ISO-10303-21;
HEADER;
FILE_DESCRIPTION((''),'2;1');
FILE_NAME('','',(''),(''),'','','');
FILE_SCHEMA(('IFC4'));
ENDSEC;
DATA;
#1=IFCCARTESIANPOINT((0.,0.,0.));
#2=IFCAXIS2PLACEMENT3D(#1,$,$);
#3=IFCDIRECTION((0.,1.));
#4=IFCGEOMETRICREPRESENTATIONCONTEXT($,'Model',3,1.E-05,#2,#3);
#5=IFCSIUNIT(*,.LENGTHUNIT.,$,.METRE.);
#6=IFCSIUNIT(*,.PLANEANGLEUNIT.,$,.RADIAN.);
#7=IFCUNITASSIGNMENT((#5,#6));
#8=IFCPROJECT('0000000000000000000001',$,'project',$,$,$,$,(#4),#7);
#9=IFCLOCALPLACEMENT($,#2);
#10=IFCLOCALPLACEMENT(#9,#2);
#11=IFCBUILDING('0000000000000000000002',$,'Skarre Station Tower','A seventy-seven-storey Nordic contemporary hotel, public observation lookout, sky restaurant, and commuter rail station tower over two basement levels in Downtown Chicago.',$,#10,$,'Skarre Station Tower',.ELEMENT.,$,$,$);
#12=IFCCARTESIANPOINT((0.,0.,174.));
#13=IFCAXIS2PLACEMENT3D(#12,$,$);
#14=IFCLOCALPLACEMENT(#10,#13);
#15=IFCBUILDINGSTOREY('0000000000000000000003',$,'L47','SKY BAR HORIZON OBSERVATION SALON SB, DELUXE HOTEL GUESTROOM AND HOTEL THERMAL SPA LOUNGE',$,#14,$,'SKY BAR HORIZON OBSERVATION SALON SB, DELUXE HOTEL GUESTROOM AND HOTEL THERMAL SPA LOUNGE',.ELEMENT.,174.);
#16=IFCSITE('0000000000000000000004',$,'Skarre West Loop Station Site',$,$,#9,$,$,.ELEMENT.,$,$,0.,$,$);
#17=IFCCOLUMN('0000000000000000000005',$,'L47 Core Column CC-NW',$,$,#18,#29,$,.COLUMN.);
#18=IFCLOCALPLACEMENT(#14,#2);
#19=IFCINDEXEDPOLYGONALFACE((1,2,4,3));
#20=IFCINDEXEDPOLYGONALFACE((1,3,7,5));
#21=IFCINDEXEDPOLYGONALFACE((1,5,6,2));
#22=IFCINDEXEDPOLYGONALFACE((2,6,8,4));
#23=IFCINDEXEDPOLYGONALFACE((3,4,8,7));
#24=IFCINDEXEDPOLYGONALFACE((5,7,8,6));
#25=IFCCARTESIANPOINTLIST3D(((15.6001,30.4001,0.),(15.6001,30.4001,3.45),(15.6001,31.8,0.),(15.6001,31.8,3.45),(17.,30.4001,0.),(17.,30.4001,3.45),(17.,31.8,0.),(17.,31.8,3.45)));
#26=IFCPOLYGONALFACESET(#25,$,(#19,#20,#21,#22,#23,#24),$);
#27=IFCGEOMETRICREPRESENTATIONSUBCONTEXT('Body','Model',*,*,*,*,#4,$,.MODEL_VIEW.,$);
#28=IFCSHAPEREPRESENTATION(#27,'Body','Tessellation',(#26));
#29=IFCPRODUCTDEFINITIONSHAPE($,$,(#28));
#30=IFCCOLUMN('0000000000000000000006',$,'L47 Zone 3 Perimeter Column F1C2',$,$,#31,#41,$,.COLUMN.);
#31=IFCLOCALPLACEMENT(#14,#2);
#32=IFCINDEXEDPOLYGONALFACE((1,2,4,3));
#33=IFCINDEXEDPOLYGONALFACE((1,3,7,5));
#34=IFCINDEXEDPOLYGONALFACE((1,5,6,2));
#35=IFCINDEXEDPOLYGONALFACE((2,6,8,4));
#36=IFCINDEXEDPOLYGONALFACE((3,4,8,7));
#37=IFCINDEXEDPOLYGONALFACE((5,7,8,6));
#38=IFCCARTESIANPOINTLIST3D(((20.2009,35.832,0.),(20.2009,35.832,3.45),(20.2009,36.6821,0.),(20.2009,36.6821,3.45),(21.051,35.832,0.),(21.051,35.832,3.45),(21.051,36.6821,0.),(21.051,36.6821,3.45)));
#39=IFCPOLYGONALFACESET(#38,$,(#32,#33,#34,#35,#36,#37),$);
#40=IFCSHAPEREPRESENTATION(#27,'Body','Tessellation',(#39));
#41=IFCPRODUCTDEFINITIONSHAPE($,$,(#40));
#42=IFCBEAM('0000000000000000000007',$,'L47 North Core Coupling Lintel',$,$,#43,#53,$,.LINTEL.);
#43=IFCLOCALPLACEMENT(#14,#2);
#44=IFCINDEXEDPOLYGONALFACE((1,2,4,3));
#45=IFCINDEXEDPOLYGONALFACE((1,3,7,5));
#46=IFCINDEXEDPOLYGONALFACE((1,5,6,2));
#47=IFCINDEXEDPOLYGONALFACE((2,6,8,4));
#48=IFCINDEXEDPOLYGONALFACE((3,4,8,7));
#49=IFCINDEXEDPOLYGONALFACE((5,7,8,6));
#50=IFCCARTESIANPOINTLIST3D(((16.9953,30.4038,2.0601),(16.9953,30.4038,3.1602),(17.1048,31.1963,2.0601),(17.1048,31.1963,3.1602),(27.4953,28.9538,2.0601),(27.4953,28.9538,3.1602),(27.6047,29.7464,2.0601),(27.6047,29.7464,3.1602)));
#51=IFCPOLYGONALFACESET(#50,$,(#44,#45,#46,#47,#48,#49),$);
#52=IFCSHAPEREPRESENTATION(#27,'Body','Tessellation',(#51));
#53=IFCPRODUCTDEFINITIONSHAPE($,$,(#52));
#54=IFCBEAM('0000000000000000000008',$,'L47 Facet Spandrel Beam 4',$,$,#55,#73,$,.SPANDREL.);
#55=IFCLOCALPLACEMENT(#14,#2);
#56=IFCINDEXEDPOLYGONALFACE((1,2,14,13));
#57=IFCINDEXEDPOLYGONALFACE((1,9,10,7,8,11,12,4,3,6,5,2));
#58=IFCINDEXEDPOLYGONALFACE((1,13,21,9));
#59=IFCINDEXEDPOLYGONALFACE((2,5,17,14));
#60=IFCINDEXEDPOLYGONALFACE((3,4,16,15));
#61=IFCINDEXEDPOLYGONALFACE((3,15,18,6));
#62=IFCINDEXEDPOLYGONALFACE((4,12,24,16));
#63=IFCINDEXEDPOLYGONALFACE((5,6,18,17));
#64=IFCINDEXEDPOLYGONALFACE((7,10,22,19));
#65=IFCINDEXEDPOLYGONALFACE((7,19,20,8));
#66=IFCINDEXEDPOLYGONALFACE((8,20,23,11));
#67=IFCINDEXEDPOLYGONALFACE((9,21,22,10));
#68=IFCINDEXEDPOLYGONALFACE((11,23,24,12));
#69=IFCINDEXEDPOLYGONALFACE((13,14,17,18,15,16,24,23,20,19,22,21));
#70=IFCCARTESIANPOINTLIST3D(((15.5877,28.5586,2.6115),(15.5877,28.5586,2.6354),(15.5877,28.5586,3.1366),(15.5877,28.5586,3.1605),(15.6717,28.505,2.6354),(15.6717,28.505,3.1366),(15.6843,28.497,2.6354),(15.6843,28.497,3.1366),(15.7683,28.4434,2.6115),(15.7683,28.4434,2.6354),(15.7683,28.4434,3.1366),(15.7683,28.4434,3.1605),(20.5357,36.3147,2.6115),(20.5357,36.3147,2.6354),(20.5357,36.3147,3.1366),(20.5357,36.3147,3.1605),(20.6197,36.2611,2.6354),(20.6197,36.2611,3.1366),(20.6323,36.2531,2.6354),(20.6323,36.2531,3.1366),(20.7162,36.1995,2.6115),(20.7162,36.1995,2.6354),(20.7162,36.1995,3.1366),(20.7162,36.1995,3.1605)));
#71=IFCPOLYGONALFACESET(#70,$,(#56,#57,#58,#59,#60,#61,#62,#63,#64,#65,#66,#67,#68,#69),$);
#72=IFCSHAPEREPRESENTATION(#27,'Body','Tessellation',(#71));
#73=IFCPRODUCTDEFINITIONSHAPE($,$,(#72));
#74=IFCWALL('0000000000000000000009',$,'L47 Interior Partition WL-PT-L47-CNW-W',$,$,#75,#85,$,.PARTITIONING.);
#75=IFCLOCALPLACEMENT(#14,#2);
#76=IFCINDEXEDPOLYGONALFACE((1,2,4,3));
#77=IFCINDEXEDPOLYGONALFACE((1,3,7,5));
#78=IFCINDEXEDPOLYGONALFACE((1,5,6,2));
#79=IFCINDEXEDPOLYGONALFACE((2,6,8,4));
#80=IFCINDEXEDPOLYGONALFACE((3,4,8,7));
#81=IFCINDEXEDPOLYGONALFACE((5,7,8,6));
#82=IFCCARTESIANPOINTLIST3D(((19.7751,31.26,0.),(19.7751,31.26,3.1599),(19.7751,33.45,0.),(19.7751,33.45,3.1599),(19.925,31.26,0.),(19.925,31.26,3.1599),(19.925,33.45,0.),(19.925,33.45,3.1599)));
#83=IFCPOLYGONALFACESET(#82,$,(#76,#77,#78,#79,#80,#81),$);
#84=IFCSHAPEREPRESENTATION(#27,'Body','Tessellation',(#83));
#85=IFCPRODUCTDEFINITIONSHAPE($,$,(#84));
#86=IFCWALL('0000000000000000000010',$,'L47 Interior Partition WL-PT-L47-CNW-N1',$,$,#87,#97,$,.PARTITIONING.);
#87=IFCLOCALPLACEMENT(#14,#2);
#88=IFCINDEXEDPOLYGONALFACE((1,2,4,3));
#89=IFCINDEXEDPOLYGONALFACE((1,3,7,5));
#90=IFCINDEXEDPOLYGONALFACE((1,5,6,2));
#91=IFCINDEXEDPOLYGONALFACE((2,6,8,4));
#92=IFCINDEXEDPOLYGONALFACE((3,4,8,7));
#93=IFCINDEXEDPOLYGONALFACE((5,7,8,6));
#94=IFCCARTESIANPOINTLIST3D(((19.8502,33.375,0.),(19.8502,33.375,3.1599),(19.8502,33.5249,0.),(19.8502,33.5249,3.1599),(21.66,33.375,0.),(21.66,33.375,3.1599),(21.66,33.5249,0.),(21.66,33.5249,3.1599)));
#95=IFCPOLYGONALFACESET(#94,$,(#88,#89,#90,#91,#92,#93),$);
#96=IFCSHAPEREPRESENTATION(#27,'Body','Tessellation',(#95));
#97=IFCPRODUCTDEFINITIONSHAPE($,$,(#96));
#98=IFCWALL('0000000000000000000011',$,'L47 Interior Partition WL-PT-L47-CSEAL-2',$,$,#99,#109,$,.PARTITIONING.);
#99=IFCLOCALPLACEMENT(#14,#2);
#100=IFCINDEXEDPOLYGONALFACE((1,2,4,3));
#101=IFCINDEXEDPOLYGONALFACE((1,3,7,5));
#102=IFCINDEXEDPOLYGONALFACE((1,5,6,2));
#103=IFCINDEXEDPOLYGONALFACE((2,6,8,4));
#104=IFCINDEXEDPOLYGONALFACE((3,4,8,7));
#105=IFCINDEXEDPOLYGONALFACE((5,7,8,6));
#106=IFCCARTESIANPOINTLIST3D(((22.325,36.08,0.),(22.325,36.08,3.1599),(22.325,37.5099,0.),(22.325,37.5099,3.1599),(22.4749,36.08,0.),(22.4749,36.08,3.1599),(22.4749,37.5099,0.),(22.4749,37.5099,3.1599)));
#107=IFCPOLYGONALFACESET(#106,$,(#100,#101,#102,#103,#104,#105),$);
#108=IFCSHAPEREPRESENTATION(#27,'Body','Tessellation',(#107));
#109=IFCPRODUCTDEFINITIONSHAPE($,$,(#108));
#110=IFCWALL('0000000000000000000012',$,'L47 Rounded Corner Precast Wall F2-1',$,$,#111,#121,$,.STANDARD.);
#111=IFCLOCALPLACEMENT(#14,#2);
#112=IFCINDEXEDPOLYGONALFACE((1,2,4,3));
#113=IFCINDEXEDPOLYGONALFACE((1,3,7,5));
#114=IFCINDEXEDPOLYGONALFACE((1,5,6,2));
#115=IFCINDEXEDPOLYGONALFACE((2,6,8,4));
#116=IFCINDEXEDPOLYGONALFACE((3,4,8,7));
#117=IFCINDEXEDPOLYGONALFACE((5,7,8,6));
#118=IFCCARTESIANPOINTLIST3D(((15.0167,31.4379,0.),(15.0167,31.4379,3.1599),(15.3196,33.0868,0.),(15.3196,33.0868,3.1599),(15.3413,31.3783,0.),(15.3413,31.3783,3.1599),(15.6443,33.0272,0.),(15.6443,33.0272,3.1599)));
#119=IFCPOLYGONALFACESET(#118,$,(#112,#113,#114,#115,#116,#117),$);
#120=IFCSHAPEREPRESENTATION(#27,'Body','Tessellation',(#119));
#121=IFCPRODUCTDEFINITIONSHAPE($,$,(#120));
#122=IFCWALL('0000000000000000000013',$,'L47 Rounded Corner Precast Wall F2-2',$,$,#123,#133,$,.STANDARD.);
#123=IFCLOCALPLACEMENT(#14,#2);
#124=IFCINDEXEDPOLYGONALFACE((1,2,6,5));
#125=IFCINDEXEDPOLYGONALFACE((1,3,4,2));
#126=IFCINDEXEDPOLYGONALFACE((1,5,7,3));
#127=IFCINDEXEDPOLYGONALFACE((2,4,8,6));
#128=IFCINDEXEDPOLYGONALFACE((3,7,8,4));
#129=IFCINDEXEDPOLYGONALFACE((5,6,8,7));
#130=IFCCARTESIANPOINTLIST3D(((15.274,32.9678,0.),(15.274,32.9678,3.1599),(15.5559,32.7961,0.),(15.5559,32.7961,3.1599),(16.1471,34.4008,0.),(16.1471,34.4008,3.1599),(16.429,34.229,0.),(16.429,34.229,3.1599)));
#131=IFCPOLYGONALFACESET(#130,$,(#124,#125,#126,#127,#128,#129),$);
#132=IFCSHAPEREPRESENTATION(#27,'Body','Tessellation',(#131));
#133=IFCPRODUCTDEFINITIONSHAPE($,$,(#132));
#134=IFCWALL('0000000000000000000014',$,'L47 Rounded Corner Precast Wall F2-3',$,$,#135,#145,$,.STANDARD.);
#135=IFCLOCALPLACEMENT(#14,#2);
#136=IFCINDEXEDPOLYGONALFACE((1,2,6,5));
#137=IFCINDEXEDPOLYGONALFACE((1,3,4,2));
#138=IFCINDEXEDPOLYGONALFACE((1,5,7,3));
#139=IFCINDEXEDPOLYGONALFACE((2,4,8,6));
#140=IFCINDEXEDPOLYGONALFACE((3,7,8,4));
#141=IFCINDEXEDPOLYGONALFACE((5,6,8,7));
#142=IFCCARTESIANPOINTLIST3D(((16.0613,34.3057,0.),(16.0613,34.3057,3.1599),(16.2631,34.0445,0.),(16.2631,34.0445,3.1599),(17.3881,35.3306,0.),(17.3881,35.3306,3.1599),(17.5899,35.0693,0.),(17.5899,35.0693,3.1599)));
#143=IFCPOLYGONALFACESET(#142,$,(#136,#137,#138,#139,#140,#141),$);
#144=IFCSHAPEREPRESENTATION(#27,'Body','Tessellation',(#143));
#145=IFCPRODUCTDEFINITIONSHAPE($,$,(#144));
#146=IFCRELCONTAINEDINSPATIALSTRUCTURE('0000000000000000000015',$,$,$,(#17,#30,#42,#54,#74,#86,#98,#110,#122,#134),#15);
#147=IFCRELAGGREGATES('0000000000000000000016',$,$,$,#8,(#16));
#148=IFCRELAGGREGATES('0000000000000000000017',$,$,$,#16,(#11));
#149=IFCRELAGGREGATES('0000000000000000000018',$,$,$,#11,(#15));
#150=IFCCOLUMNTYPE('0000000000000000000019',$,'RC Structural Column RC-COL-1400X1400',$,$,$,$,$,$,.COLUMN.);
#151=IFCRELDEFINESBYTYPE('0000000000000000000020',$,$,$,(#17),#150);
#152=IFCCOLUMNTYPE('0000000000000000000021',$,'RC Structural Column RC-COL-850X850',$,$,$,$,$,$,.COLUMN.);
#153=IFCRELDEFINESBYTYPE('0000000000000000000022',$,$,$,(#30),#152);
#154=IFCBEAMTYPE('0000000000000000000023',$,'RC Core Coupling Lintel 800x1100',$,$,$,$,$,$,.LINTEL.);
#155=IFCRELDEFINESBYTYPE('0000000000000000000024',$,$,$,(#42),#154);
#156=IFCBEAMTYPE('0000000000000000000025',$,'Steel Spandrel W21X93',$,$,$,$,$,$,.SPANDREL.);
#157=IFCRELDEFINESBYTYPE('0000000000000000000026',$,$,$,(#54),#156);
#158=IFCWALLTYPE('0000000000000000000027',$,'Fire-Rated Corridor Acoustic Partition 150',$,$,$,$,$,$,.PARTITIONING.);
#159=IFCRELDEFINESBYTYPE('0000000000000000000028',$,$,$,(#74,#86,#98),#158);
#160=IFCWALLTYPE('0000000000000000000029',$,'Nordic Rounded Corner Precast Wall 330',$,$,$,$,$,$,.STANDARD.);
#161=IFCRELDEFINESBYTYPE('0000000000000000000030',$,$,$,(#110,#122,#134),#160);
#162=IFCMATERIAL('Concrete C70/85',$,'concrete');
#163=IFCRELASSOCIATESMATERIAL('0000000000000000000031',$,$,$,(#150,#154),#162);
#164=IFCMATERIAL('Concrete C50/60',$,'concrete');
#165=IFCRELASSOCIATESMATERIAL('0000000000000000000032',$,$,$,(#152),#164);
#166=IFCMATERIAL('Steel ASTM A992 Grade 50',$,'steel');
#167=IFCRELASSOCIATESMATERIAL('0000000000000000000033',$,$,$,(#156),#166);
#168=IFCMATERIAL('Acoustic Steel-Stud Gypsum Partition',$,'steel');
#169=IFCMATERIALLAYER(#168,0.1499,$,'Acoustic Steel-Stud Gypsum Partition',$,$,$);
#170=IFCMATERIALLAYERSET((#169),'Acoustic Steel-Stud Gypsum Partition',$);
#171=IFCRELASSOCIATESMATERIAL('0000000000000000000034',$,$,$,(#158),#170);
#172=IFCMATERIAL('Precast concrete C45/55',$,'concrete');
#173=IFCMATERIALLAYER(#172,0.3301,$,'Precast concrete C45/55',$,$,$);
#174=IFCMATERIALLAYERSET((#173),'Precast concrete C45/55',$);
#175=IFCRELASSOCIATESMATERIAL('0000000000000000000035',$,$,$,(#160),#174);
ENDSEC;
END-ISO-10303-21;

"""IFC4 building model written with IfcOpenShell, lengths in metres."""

from ifc_helpers import new_model, si_unit, direction, frame, frame_2d, origin, origin_2d, place, context, subcontext, project, spatial, rectangle, i_section, extrude, material, layer, layer_set, material_profile, profile_set, type_object, element, save


model = new_model("IFC4")

# Units and contexts
model_context = context("Model", 3, precision=1e-05, world=origin(), true_north=direction((0.0, 1.0)))
body_context = subcontext(model_context, "Body", "Model", "MODEL_VIEW")
ifc_project = project(units=[si_unit("LENGTHUNIT", "METRE"), si_unit("PLANEANGLEUNIT", "RADIAN")], contexts=[model_context])

# Site, building, storey
site_placement = place(None, origin())
site = spatial("IfcSite", under=ifc_project, at=site_placement, Name="Skarre West Loop Station Site", CompositionType="ELEMENT", RefElevation=0.0)
building_placement = place(site_placement, origin())
building = spatial("IfcBuilding", under=site, at=building_placement, Name="Skarre Station Tower", Description="A seventy-seven-storey Nordic contemporary hotel, public observation lookout, sky restaurant, and commuter rail station tower over two basement levels in Downtown Chicago.", LongName="Skarre Station Tower", CompositionType="ELEMENT")
storey_placement = place(building_placement, frame((0.0, 0.0, 174.0)))
storey = spatial("IfcBuildingStorey", under=building, at=storey_placement, Name="L47", Description="SKY BAR HORIZON OBSERVATION SALON SB, DELUXE HOTEL GUESTROOM AND HOTEL THERMAL SPA LOUNGE", LongName="SKY BAR HORIZON OBSERVATION SALON SB, DELUXE HOTEL GUESTROOM AND HOTEL THERMAL SPA LOUNGE", CompositionType="ELEMENT", Elevation=174.0)

# Columns
ifc_material_1 = material(Name="Concrete C70/85", Category="concrete")
ifc_material_profile_1 = material_profile(ifc_material_1, rectangle(XDim=1.3999, YDim=1.3999, at=origin_2d()), Name="Concrete C70/85")
ifc_profile_set_1 = profile_set([ifc_material_profile_1], Name="Concrete C70/85")
column_type_1 = type_object("IfcColumnType", Name="RC Structural Column RC-COL-1400X1400", PredefinedType="COLUMN", material=ifc_profile_set_1)
column_1_placement = place(storey_placement, frame((16.3, 31.1001, 0.0), z_axis=(0.0, 0.0, 1.0), x_axis=(1.0, 0.0, 0.0)))
element("IfcColumn", 1, at=column_1_placement, inside=storey, type_object=column_type_1, Name="L47 Core Column CC-NW", PredefinedType="COLUMN", context=body_context, shape_type="SweptSolid", body=[
    extrude(rectangle(XDim=1.3999, YDim=1.3999, at=origin_2d()), origin(), (0.0, 0.0, 1.0), 3.45),
])
ifc_material_2 = material(Name="Concrete C50/60", Category="concrete")
ifc_material_profile_2 = material_profile(ifc_material_2, rectangle(XDim=0.8501, YDim=0.8501, at=origin_2d()), Name="Concrete C50/60")
ifc_profile_set_2 = profile_set([ifc_material_profile_2], Name="Concrete C50/60")
column_type_2 = type_object("IfcColumnType", Name="RC Structural Column RC-COL-850X850", PredefinedType="COLUMN", material=ifc_profile_set_2)
column_2_placement = place(storey_placement, frame((20.626, 36.2571, 0.0), z_axis=(0.0, 0.0, 1.0), x_axis=(1.0, 0.0, 0.0)))
element("IfcColumn", 2, at=column_2_placement, inside=storey, type_object=column_type_2, Name="L47 Zone 3 Perimeter Column F1C2", PredefinedType="COLUMN", context=body_context, shape_type="SweptSolid", body=[
    extrude(rectangle(XDim=0.8501, YDim=0.8501, at=origin_2d()), origin(), (0.0, 0.0, 1.0), 3.45),
])

# Beams
ifc_material_profile_3 = material_profile(ifc_material_1, rectangle(XDim=0.8, YDim=1.1001, at=origin_2d()), Name="Concrete C70/85")
ifc_profile_set_3 = profile_set([ifc_material_profile_3], Name="Concrete C70/85")
beam_type_1 = type_object("IfcBeamType", Name="RC Core Coupling Lintel 800x1100", PredefinedType="LINTEL", material=ifc_profile_set_3)
beam_1_placement = place(storey_placement, frame((17.05, 30.8, 2.6101), z_axis=(0.9906, -0.136792, 0.0), x_axis=(0.136792, 0.9906, 0.0)))
element("IfcBeam", 3, at=beam_1_placement, inside=storey, type_object=beam_type_1, Name="L47 North Core Coupling Lintel", PredefinedType="LINTEL", context=body_context, shape_type="SweptSolid", body=[
    extrude(rectangle(XDim=0.8, YDim=1.1001, at=origin_2d()), origin(), (0.0, 0.0, 1.0), 10.5996),
])
ifc_material_3 = material(Name="Steel ASTM A992 Grade 50", Category="steel")
ifc_material_profile_4 = material_profile(ifc_material_3, i_section(OverallWidth=0.2141, OverallDepth=0.5491, WebThickness=0.0149, FlangeThickness=0.0239, at=origin_2d()), Name="Steel ASTM A992 Grade 50")
ifc_profile_set_4 = profile_set([ifc_material_profile_4], Name="Steel ASTM A992 Grade 50")
beam_type_2 = type_object("IfcBeamType", Name="Steel Spandrel W21X93", PredefinedType="SPANDREL", material=ifc_profile_set_4)
beam_2_placement = place(storey_placement, frame((20.626, 36.2571, 2.886), z_axis=(-0.537826, -0.843056, 0.0), x_axis=(0.843056, -0.537826, 0.0)))
element("IfcBeam", 4, at=beam_2_placement, inside=storey, type_object=beam_type_2, Name="L47 Facet Spandrel Beam 4", PredefinedType="SPANDREL", context=body_context, shape_type="SweptSolid", body=[
    extrude(i_section(OverallWidth=0.2141, OverallDepth=0.5491, WebThickness=0.0149, FlangeThickness=0.0239, at=origin_2d()), origin(), (0.0, 0.0, 1.0), 9.2),
])

# Walls
ifc_material_4 = material(Name="Acoustic Steel-Stud Gypsum Partition", Category="steel")
ifc_layer_1 = layer(ifc_material_4, 0.1499, Name="Acoustic Steel-Stud Gypsum Partition")
ifc_layer_set_1 = layer_set([ifc_layer_1], Name="Acoustic Steel-Stud Gypsum Partition")
wall_type_1 = type_object("IfcWallType", Name="Fire-Rated Corridor Acoustic Partition 150", PredefinedType="PARTITIONING", material=ifc_layer_set_1)
wall_1_placement = place(storey_placement, frame((19.8501, 33.45, 0.0), z_axis=(0.0, 0.0, 1.0), x_axis=(0.0, -1.0, 0.0)))
element("IfcWall", 5, at=wall_1_placement, inside=storey, type_object=wall_type_1, Name="L47 Interior Partition WL-PT-L47-CNW-W", PredefinedType="PARTITIONING", context=body_context, shape_type="SweptSolid", body=[
    extrude(rectangle(XDim=2.1899, YDim=0.1499, at=frame_2d((1.095, 0.0))), origin(), (0.0, 0.0, 1.0), 3.1599),
])
wall_2_placement = place(storey_placement, frame((21.6599, 33.45, 0.0), z_axis=(0.0, 0.0, 1.0), x_axis=(-1.0, 0.0, 0.0)))
element("IfcWall", 6, at=wall_2_placement, inside=storey, type_object=wall_type_1, Name="L47 Interior Partition WL-PT-L47-CNW-N1", PredefinedType="PARTITIONING", context=body_context, shape_type="SweptSolid", body=[
    extrude(rectangle(XDim=1.8098, YDim=0.1499, at=frame_2d((0.9048, 0.0))), origin(), (0.0, 0.0, 1.0), 3.1599),
])
wall_3_placement = place(storey_placement, frame((22.3999, 36.0801, 0.0), z_axis=(0.0, 0.0, 1.0), x_axis=(0.0, 1.0, 0.0)))
element("IfcWall", 7, at=wall_3_placement, inside=storey, type_object=wall_type_1, Name="L47 Interior Partition WL-PT-L47-CSEAL-2", PredefinedType="PARTITIONING", context=body_context, shape_type="SweptSolid", body=[
    extrude(rectangle(XDim=1.4299, YDim=0.1499, at=frame_2d((0.7148, 0.0))), origin(), (0.0, 0.0, 1.0), 3.1599),
])
ifc_material_5 = material(Name="Precast concrete C45/55", Category="concrete")
ifc_layer_2 = layer(ifc_material_5, 0.3301, Name="Precast concrete C45/55")
ifc_layer_set_2 = layer_set([ifc_layer_2], Name="Precast concrete C45/55")
wall_type_2 = type_object("IfcWallType", Name="Nordic Rounded Corner Precast Wall 330", PredefinedType="STANDARD", material=ifc_layer_set_2)
wall_4_placement = place(storey_placement, frame((15.179, 31.408, 0.0), z_axis=(0.0, 0.0, 1.0), x_axis=(0.180718, 0.983535, 0.0)))
element("IfcWall", 8, at=wall_4_placement, inside=storey, type_object=wall_type_2, Name="L47 Rounded Corner Precast Wall F2-1", PredefinedType="STANDARD", context=body_context, shape_type="SweptSolid", body=[
    extrude(rectangle(XDim=1.6765, YDim=0.3301, at=frame_2d((0.8384, 0.0))), origin(), (0.0, 0.0, 1.0), 3.1599),
])
wall_5_placement = place(storey_placement, frame((15.415, 32.8821, 0.0), z_axis=(0.0, 0.0, 1.0), x_axis=(0.520325, 0.853968, 0.0)))
element("IfcWall", 9, at=wall_5_placement, inside=storey, type_object=wall_type_2, Name="L47 Rounded Corner Precast Wall F2-2", PredefinedType="STANDARD", context=body_context, shape_type="SweptSolid", body=[
    extrude(rectangle(XDim=1.678, YDim=0.3301, at=frame_2d((0.8389, 0.0))), origin(), (0.0, 0.0, 1.0), 3.1599),
])
wall_6_placement = place(storey_placement, frame((16.1621, 34.175, 0.0), z_axis=(0.0, 0.0, 1.0), x_axis=(0.79141, 0.611286, 0.0)))
element("IfcWall", 10, at=wall_6_placement, inside=storey, type_object=wall_type_2, Name="L47 Rounded Corner Precast Wall F2-3", PredefinedType="STANDARD", context=body_context, shape_type="SweptSolid", body=[
    extrude(rectangle(XDim=1.6765, YDim=0.3301, at=frame_2d((0.8384, 0.0))), origin(), (0.0, 0.0, 1.0), 3.1599),
])

save(model, "model.ifc")
